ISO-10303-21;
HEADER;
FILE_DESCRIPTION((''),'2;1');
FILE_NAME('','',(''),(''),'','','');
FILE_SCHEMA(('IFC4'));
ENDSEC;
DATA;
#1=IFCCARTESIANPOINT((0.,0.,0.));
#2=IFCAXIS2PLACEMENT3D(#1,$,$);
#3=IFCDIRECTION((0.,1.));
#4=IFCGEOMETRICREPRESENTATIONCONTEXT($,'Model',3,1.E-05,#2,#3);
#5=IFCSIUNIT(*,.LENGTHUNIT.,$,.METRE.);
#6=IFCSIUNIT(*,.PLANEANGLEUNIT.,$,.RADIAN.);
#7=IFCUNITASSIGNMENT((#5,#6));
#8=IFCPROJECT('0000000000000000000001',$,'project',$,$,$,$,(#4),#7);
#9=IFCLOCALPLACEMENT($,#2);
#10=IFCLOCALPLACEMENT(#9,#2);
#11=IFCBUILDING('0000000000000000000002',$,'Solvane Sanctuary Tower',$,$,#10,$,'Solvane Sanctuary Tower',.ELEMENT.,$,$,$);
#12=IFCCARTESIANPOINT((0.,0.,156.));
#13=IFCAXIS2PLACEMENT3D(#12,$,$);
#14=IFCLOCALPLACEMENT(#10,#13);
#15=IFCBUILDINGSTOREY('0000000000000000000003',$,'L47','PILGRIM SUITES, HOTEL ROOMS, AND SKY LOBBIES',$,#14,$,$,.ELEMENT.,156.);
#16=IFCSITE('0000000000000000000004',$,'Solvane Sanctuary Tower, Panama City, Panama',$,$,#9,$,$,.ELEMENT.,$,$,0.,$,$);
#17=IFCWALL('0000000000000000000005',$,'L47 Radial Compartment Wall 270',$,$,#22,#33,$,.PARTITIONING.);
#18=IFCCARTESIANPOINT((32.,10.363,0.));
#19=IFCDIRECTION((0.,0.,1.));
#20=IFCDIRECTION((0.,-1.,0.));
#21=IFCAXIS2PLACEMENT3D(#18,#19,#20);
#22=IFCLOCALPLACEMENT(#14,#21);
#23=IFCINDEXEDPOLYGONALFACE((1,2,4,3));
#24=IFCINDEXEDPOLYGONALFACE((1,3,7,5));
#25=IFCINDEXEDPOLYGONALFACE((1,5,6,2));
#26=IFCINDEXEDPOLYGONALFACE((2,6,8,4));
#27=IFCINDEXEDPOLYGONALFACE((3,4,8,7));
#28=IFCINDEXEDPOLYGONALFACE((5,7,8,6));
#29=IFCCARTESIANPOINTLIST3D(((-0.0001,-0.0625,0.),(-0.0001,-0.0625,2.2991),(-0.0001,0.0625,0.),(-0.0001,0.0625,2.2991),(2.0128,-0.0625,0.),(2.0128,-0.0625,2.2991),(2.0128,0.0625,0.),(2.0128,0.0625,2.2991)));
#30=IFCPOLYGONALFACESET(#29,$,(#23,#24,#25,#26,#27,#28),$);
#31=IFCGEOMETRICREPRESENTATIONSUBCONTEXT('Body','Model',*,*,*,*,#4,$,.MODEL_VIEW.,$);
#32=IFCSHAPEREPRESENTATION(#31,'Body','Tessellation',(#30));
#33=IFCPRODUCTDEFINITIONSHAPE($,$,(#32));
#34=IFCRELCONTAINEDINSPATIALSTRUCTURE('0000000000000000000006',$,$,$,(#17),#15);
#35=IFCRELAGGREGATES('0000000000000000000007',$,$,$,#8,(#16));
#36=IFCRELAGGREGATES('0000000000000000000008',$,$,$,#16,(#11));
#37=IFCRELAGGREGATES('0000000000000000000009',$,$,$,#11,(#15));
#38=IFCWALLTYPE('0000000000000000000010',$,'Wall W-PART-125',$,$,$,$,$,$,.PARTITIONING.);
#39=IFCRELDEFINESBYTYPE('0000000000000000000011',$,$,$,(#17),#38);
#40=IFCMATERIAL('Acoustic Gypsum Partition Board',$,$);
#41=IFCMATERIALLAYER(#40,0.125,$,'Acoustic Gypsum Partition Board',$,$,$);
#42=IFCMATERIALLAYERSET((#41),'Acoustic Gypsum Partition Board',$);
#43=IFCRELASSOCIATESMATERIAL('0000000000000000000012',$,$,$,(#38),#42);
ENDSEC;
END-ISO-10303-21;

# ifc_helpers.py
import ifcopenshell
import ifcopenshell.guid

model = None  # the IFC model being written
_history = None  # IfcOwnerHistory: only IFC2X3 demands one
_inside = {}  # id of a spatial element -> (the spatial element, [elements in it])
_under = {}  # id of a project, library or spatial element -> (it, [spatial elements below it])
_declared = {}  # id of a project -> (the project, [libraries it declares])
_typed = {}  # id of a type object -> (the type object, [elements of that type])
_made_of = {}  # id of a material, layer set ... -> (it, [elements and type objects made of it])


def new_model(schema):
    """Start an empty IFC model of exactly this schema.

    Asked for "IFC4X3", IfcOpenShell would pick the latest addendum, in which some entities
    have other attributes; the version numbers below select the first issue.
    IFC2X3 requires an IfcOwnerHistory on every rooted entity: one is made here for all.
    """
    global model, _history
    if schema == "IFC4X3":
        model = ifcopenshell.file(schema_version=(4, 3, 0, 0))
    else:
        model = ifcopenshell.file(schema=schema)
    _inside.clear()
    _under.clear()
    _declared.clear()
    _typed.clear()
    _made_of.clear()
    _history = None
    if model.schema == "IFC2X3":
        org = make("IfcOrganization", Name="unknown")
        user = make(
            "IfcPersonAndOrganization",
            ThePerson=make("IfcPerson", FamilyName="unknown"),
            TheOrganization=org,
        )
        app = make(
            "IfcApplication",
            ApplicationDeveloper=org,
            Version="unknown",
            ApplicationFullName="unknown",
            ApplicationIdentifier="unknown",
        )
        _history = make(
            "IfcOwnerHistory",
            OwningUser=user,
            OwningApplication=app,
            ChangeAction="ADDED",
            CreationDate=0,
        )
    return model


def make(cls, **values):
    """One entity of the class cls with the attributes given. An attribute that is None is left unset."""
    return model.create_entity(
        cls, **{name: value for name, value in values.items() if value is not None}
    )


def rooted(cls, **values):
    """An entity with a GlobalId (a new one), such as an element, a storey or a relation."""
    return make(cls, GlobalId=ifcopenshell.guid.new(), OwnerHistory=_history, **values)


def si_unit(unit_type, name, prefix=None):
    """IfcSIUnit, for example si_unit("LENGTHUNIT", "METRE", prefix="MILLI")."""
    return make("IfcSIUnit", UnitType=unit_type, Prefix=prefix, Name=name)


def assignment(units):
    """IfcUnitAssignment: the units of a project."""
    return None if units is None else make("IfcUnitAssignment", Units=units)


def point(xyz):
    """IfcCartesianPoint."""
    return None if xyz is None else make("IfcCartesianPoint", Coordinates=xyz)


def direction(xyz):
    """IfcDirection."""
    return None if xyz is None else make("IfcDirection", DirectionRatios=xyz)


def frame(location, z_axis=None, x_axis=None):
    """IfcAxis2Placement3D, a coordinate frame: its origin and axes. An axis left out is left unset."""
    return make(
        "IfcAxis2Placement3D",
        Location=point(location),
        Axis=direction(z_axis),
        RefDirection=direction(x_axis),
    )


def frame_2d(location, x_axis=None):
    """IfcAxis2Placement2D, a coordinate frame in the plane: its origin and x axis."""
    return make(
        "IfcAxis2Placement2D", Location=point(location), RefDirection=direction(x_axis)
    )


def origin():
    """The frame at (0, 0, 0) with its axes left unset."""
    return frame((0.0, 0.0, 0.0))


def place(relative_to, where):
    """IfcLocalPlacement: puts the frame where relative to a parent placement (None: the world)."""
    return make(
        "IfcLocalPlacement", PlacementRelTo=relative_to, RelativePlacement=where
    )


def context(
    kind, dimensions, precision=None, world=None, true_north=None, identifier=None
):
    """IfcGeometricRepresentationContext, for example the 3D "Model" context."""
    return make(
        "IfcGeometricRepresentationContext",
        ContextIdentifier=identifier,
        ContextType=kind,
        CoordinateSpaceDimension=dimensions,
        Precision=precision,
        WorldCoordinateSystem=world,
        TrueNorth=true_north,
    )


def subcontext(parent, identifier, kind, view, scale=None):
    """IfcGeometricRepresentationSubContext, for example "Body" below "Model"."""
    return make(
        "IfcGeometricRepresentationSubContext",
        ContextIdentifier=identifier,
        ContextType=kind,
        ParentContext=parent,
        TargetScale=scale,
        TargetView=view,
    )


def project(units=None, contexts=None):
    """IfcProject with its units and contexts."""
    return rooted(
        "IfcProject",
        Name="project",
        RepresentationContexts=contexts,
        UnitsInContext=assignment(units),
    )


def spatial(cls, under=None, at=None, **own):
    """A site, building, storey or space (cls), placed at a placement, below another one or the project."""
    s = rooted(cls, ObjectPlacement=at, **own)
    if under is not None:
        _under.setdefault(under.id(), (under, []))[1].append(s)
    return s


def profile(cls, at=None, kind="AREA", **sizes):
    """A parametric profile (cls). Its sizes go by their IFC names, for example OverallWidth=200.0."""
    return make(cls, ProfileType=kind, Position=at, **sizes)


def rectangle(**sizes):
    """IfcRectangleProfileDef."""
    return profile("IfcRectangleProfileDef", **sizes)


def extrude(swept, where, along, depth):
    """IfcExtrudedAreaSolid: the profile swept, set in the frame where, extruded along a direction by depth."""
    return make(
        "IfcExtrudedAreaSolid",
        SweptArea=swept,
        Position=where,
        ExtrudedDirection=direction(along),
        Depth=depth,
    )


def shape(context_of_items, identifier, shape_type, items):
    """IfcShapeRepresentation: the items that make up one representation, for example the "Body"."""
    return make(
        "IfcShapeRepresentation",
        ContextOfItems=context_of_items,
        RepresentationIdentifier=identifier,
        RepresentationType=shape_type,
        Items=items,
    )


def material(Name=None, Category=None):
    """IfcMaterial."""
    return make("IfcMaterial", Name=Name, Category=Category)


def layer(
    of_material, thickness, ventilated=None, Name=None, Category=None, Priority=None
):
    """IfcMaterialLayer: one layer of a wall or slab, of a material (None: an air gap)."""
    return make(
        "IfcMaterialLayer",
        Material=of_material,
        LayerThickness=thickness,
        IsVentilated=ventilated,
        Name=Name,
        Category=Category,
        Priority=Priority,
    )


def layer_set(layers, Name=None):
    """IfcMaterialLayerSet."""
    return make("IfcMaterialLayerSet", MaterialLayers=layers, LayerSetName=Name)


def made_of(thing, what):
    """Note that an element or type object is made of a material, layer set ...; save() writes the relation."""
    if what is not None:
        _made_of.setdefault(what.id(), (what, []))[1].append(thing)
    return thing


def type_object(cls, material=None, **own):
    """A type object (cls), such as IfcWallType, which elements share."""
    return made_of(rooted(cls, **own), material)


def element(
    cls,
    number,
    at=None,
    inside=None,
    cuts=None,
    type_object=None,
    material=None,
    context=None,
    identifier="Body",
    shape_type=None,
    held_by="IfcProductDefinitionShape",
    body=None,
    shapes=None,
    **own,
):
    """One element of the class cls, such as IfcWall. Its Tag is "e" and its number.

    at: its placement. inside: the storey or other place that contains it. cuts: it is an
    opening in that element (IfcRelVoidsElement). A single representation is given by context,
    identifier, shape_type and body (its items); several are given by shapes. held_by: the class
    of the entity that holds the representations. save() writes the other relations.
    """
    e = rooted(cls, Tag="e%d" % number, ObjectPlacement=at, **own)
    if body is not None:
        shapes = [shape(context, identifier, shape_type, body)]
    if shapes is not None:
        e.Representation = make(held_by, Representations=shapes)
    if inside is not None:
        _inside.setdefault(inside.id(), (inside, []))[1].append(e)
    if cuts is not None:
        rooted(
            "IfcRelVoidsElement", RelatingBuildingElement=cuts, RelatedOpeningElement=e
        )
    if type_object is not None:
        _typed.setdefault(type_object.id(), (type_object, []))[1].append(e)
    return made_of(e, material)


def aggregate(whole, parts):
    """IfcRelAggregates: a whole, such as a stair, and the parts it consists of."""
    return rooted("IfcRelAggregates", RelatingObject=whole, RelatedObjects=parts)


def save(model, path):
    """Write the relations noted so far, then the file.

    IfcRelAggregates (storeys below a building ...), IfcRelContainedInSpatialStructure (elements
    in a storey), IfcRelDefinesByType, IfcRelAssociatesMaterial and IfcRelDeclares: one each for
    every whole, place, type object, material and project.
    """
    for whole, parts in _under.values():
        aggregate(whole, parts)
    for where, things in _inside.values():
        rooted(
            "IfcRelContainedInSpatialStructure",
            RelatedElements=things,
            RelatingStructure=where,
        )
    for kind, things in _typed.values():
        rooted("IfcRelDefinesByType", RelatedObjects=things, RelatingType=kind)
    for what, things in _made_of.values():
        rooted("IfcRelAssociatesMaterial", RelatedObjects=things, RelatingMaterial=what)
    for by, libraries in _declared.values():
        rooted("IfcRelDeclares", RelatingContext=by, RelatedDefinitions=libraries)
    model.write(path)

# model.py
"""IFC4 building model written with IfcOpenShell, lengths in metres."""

from ifc_helpers import new_model, si_unit, direction, frame, frame_2d, origin, place, context, subcontext, project, spatial, rectangle, extrude, material, layer, layer_set, type_object, element, save


model = new_model("IFC4")

# Units and contexts
model_context = context("Model", 3, precision=1e-05, world=origin(), true_north=direction((0.0, 1.0)))
body_context = subcontext(model_context, "Body", "Model", "MODEL_VIEW")
ifc_project = project(units=[si_unit("LENGTHUNIT", "METRE"), si_unit("PLANEANGLEUNIT", "RADIAN")], contexts=[model_context])

# Site, building, storey
site_placement = place(None, origin())
site = spatial("IfcSite", under=ifc_project, at=site_placement, Name="Solvane Sanctuary Tower, Panama City, Panama", CompositionType="ELEMENT", RefElevation=0.0)
building_placement = place(site_placement, origin())
building = spatial("IfcBuilding", under=site, at=building_placement, Name="Solvane Sanctuary Tower", LongName="Solvane Sanctuary Tower", CompositionType="ELEMENT")
storey_placement = place(building_placement, frame((0.0, 0.0, 156.0)))
storey = spatial("IfcBuildingStorey", under=building, at=storey_placement, Name="L47", Description="PILGRIM SUITES, HOTEL ROOMS, AND SKY LOBBIES", CompositionType="ELEMENT", Elevation=156.0)

# Shared definitions
ifc_material_1 = material(Name="Acoustic Gypsum Partition Board")

# Wall
ifc_layer_1 = layer(ifc_material_1, 0.125, Name="Acoustic Gypsum Partition Board")
ifc_layer_set_1 = layer_set([ifc_layer_1], Name="Acoustic Gypsum Partition Board")
wall_type_1 = type_object("IfcWallType", Name="Wall W-PART-125", PredefinedType="PARTITIONING", material=ifc_layer_set_1)
wall_1_placement = place(storey_placement, frame((32.0, 10.363, 0.0), z_axis=(0.0, 0.0, 1.0), x_axis=(0.0, -1.0, 0.0)))
element("IfcWall", 1, at=wall_1_placement, inside=storey, type_object=wall_type_1, Name="L47 Radial Compartment Wall 270", PredefinedType="PARTITIONING", context=body_context, shape_type="SweptSolid", body=[
    extrude(rectangle(XDim=2.0129, YDim=0.125, at=frame_2d((1.0063, 0.0))), origin(), (0.0, 0.0, 1.0), 2.2991),
])

save(model, "model.ifc")
